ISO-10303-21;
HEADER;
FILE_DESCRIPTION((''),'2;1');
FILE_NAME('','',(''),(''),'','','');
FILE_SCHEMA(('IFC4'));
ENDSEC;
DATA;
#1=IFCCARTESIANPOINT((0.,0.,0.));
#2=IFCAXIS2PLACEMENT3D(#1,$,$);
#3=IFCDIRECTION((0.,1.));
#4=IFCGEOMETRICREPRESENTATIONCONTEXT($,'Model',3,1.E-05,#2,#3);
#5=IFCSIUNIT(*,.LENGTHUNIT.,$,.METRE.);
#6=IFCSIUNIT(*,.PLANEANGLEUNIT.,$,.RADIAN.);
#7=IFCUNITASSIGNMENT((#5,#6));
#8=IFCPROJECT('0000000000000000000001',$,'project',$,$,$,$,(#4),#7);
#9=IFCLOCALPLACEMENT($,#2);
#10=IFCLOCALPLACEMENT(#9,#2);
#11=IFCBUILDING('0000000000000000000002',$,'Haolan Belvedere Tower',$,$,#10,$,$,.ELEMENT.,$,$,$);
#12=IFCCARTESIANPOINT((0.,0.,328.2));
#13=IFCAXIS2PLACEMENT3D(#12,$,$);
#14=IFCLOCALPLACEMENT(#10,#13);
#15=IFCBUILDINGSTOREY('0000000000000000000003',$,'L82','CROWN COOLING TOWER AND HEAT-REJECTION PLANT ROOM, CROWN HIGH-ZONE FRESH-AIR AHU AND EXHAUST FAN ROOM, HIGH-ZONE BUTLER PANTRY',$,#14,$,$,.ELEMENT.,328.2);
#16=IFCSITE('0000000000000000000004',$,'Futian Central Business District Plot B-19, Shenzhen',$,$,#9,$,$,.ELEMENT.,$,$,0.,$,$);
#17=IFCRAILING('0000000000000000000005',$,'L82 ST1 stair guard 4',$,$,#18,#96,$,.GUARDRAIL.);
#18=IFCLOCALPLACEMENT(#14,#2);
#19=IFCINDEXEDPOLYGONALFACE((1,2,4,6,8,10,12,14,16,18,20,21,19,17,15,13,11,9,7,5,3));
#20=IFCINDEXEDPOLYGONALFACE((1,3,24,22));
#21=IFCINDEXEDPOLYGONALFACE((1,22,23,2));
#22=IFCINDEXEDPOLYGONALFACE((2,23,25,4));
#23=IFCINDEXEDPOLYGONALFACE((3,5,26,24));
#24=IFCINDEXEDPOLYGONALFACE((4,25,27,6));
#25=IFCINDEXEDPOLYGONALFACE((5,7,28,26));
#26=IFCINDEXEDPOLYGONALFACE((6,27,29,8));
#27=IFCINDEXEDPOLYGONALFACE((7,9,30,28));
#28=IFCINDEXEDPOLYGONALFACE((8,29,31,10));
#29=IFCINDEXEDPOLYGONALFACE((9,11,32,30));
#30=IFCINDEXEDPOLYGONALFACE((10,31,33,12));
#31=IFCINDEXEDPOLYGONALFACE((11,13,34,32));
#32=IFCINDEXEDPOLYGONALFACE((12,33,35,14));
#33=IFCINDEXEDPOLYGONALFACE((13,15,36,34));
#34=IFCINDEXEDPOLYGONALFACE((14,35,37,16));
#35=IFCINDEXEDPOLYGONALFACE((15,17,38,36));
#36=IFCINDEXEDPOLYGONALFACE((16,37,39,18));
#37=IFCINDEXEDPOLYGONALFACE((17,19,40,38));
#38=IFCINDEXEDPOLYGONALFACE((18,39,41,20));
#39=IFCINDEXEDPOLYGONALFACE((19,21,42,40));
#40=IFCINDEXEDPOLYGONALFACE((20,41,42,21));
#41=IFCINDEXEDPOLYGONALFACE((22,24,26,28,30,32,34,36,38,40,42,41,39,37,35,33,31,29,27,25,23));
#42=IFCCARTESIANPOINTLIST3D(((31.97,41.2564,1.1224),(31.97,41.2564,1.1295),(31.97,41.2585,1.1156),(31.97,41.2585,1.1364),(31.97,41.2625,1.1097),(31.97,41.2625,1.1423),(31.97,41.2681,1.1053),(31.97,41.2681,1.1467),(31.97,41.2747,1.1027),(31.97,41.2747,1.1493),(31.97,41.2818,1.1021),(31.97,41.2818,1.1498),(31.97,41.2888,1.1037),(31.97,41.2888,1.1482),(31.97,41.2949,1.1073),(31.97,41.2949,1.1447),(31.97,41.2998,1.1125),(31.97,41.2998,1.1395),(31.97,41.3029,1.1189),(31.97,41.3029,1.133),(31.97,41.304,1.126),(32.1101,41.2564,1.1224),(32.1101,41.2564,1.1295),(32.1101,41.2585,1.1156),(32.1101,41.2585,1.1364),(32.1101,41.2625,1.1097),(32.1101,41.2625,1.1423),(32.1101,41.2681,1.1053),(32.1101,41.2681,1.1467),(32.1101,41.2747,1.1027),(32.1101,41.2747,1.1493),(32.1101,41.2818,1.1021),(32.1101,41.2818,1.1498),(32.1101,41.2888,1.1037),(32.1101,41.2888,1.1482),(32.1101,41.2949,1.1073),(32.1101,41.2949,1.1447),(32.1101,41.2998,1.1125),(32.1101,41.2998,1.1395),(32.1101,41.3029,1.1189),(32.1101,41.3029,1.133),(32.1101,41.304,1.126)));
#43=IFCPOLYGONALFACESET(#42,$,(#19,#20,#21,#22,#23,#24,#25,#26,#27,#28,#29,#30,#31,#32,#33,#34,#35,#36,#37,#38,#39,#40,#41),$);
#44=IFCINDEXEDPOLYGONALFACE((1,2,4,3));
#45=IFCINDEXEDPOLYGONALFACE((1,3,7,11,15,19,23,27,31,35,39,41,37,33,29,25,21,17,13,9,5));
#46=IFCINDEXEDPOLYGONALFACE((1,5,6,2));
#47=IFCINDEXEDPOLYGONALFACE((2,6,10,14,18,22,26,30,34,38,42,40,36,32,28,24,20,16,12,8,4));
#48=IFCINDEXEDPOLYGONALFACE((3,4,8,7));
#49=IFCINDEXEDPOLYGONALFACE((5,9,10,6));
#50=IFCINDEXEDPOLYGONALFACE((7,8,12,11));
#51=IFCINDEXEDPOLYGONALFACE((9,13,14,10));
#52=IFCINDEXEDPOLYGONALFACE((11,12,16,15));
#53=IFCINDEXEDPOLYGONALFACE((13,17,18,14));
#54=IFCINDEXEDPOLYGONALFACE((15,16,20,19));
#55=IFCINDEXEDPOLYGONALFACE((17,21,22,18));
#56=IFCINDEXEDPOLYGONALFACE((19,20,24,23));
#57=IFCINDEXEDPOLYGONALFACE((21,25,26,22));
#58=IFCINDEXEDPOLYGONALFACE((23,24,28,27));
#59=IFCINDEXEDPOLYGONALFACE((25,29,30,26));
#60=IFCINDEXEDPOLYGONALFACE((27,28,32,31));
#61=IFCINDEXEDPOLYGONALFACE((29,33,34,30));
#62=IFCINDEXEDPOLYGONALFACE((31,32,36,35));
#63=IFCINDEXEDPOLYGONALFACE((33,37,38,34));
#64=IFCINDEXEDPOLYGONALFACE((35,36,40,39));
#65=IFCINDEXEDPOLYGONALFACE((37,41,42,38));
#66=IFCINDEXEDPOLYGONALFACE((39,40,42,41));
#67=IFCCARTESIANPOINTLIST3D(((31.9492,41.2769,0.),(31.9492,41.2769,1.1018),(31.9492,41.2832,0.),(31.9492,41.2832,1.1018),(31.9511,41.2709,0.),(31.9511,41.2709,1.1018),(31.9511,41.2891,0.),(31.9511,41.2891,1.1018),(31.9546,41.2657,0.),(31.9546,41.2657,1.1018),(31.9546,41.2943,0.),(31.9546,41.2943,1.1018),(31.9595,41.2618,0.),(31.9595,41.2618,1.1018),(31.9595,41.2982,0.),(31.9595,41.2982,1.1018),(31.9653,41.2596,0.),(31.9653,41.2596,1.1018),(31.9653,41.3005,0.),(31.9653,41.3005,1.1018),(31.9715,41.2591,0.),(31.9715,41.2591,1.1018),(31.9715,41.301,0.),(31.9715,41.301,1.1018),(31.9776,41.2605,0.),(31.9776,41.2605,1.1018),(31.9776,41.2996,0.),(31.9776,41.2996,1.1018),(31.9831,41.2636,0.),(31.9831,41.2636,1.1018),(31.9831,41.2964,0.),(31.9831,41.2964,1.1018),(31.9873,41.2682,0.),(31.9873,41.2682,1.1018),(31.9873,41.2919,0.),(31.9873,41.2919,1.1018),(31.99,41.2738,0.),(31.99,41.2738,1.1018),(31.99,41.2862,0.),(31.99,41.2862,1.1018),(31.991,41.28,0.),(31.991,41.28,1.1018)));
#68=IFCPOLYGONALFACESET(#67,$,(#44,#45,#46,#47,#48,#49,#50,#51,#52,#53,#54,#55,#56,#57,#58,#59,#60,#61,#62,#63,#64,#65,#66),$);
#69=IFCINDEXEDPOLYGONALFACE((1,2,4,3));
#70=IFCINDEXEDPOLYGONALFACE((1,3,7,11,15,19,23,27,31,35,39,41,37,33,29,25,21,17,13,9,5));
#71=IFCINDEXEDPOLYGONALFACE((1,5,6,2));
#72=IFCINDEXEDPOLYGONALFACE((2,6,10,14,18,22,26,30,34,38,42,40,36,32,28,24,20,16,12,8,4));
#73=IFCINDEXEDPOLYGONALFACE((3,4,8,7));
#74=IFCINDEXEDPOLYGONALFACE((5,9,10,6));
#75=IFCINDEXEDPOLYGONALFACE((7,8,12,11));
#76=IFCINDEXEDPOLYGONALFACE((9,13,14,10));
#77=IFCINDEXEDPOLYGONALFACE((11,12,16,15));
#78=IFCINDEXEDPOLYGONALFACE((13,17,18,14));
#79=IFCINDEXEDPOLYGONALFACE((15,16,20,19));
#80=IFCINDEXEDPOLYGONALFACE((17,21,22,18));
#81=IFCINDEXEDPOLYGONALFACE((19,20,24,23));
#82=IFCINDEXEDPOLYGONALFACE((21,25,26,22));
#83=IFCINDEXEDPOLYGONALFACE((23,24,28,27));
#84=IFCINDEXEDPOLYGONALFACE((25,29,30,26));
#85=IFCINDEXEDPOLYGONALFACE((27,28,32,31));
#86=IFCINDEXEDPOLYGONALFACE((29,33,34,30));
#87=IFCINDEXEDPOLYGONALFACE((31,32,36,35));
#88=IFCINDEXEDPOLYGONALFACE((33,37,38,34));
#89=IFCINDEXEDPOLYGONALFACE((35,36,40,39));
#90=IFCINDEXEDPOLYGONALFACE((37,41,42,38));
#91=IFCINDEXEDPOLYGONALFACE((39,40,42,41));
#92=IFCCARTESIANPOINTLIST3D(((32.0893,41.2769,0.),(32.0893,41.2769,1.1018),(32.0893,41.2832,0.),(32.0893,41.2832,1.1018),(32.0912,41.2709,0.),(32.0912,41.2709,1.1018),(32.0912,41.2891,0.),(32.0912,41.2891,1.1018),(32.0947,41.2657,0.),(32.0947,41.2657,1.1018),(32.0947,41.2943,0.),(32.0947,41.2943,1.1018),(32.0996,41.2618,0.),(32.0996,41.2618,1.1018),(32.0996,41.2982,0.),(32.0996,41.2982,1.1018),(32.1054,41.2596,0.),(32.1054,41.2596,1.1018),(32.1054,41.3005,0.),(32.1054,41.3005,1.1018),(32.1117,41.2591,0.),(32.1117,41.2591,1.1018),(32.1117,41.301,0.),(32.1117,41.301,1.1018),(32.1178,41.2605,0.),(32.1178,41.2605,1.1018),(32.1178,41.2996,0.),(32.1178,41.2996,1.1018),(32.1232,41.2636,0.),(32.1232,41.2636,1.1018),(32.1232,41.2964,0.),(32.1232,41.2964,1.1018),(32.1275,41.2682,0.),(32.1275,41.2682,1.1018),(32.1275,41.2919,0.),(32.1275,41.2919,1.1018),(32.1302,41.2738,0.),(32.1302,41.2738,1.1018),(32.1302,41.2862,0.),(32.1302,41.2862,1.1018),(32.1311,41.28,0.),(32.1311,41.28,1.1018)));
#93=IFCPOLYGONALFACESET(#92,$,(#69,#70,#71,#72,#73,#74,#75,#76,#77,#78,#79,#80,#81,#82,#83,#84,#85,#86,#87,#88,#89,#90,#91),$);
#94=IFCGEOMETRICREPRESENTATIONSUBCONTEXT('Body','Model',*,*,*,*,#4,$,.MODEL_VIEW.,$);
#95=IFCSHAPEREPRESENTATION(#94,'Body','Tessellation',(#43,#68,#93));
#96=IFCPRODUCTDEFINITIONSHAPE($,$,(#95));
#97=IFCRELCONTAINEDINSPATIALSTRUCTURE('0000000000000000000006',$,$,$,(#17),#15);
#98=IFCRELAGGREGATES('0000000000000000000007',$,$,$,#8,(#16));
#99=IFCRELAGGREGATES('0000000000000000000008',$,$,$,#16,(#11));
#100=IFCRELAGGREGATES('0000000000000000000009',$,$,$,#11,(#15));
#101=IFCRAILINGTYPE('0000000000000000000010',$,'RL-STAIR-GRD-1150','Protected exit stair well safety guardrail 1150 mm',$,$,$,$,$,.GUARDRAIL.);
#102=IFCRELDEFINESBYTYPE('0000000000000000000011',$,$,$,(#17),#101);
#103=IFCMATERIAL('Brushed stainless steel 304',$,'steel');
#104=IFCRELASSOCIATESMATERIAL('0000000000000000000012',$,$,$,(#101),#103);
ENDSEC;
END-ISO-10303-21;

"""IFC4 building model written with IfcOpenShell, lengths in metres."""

from ifc_helpers import new_model, si_unit, direction, frame, origin, origin_2d, place, context, subcontext, project, spatial, circle, extrude, material, type_object, element, save


model = new_model("IFC4")

# Units and contexts
model_context = context("Model", 3, precision=1e-05, world=origin(), true_north=direction((0.0, 1.0)))
body_context = subcontext(model_context, "Body", "Model", "MODEL_VIEW")
ifc_project = project(units=[si_unit("LENGTHUNIT", "METRE"), si_unit("PLANEANGLEUNIT", "RADIAN")], contexts=[model_context])

# Site, building, storey
site_placement = place(None, origin())
site = spatial("IfcSite", under=ifc_project, at=site_placement, Name="Futian Central Business District Plot B-19, Shenzhen", CompositionType="ELEMENT", RefElevation=0.0)
building_placement = place(site_placement, origin())
building = spatial("IfcBuilding", under=site, at=building_placement, Name="Haolan Belvedere Tower", CompositionType="ELEMENT")
storey_placement = place(building_placement, frame((0.0, 0.0, 328.2)))
storey = spatial("IfcBuildingStorey", under=building, at=storey_placement, Name="L82", Description="CROWN COOLING TOWER AND HEAT-REJECTION PLANT ROOM, CROWN HIGH-ZONE FRESH-AIR AHU AND EXHAUST FAN ROOM, HIGH-ZONE BUTLER PANTRY", CompositionType="ELEMENT", Elevation=328.2)

# Railing
ifc_material_1 = material(Name="Brushed stainless steel 304", Category="steel")
railing_type_1 = type_object("IfcRailingType", Name="RL-STAIR-GRD-1150", Description="Protected exit stair well safety guardrail 1150 mm", PredefinedType="GUARDRAIL", material=ifc_material_1)
railing_1_placement = place(storey_placement, frame((31.97, 41.28, 0.0)))
element("IfcRailing", 1, at=railing_1_placement, inside=storey, type_object=railing_type_1, Name="L82 ST1 stair guard 4", PredefinedType="GUARDRAIL", context=body_context, shape_type="SweptSolid", body=[
    extrude(circle(Radius=0.0239, at=origin_2d()), frame((0.0, 0.0, 1.126), z_axis=(1.0, 0.0, 0.0), x_axis=(0.0, 1.0, 0.0)), (0.0, 0.0, 1.0), 0.1401),
    extrude(circle(Radius=0.021, at=origin_2d()), origin(), (0.0, 0.0, 1.0), 1.1018),
    extrude(circle(Radius=0.021, at=origin_2d()), frame((0.1401, 0.0, 0.0)), (0.0, 0.0, 1.0), 1.1018),
])

save(model, "model.ifc")
